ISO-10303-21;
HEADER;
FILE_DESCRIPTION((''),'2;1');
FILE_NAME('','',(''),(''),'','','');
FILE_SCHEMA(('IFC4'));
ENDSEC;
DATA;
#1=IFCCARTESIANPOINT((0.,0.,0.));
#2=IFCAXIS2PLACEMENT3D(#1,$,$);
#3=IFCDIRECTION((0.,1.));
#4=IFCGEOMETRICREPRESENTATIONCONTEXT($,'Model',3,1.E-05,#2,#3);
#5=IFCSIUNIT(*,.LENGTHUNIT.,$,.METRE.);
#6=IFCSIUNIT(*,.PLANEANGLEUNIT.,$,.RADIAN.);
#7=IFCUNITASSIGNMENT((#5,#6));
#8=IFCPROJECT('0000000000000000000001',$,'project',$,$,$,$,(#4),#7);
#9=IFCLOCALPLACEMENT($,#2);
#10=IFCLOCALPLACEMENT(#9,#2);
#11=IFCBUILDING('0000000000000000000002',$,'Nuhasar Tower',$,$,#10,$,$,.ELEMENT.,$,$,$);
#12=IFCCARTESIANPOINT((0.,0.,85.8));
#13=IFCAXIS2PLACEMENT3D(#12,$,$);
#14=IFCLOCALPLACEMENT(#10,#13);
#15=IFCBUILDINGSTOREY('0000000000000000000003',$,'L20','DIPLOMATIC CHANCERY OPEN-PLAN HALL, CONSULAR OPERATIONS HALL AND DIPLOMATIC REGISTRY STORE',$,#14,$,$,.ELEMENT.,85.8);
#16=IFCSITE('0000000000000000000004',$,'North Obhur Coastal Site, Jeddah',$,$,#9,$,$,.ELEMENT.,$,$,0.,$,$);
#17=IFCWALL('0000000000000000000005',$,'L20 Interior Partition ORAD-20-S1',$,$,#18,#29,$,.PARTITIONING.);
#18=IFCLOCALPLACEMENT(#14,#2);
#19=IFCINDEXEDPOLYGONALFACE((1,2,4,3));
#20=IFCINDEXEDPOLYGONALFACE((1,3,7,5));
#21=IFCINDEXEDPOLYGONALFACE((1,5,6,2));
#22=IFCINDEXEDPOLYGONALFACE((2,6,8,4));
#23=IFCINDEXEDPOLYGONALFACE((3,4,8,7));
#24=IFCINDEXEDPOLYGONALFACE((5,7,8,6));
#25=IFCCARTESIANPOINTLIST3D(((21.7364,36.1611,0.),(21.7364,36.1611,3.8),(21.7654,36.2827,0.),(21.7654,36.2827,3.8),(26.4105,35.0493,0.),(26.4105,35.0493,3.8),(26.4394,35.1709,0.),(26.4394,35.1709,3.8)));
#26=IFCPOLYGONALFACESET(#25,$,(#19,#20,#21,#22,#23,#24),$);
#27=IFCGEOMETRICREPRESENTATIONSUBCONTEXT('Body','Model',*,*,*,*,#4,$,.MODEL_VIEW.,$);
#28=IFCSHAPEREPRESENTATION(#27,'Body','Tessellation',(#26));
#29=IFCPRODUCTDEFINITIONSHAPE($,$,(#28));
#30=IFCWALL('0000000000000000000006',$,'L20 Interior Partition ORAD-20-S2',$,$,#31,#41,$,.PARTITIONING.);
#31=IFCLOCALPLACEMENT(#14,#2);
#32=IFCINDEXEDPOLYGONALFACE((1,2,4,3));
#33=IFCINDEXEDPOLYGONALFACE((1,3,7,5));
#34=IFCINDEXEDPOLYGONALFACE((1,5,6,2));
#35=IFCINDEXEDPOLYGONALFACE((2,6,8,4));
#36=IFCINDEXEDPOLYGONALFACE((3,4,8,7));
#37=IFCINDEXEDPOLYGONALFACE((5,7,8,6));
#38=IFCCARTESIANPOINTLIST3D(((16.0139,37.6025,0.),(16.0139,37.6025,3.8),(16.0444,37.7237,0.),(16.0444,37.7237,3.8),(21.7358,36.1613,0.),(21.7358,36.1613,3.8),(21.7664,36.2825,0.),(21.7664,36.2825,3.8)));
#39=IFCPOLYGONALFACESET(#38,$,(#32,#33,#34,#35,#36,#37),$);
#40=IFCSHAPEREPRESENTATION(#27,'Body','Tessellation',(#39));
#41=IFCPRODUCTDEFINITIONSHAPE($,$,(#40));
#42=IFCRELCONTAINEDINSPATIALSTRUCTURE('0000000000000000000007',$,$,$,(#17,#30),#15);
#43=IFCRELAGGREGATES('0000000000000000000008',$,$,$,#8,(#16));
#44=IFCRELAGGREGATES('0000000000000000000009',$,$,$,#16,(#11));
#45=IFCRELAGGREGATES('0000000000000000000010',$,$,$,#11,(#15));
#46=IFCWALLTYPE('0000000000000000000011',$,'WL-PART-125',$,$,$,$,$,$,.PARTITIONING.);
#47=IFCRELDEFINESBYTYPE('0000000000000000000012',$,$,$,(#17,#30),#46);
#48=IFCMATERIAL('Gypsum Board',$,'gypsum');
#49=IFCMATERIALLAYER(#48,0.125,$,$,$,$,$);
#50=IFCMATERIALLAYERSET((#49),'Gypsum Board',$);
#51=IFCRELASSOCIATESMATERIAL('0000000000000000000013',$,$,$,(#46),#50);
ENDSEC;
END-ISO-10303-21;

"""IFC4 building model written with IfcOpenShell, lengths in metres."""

from ifc_helpers import new_model, si_unit, direction, frame, frame_2d, origin, place, context, subcontext, project, spatial, rectangle, extrude, material, layer, layer_set, type_object, element, save


model = new_model("IFC4")

# Units and contexts
model_context = context("Model", 3, precision=1e-05, world=origin(), true_north=direction((0.0, 1.0)))
body_context = subcontext(model_context, "Body", "Model", "MODEL_VIEW")
ifc_project = project(units=[si_unit("LENGTHUNIT", "METRE"), si_unit("PLANEANGLEUNIT", "RADIAN")], contexts=[model_context])

# Site, building, storey
site_placement = place(None, origin())
site = spatial("IfcSite", under=ifc_project, at=site_placement, Name="North Obhur Coastal Site, Jeddah", CompositionType="ELEMENT", RefElevation=0.0)
building_placement = place(site_placement, origin())
building = spatial("IfcBuilding", under=site, at=building_placement, Name="Nuhasar Tower", CompositionType="ELEMENT")
storey_placement = place(building_placement, frame((0.0, 0.0, 85.8)))
storey = spatial("IfcBuildingStorey", under=building, at=storey_placement, Name="L20", Description="DIPLOMATIC CHANCERY OPEN-PLAN HALL, CONSULAR OPERATIONS HALL AND DIPLOMATIC REGISTRY STORE", CompositionType="ELEMENT", Elevation=85.8)

# Shared definitions
ifc_material_1 = material(Name="Gypsum Board", Category="gypsum")

# Walls
ifc_layer_1 = layer(ifc_material_1, 0.125)
ifc_layer_set_1 = layer_set([ifc_layer_1], Name="Gypsum Board")
wall_type_1 = type_object("IfcWallType", Name="WL-PART-125", PredefinedType="PARTITIONING", material=ifc_layer_set_1)
wall_1_placement = place(storey_placement, frame((26.425, 35.1101, 0.0), z_axis=(0.0, 0.0, 1.0), x_axis=(-0.972856, 0.231412, 0.0)))
element("IfcWall", 1, at=wall_1_placement, inside=storey, type_object=wall_type_1, Name="L20 Interior Partition ORAD-20-S1", PredefinedType="PARTITIONING", context=body_context, shape_type="SweptSolid", body=[
    extrude(rectangle(XDim=4.8044, YDim=0.125, at=frame_2d((2.4023, 0.0))), origin(), (0.0, 0.0, 1.0), 3.8),
])
wall_2_placement = place(storey_placement, frame((21.751, 36.2219, 0.0), z_axis=(0.0, 0.0, 1.0), x_axis=(-0.969715, 0.244239, 0.0)))
element("IfcWall", 2, at=wall_2_placement, inside=storey, type_object=wall_type_1, Name="L20 Interior Partition ORAD-20-S2", PredefinedType="PARTITIONING", context=body_context, shape_type="SweptSolid", body=[
    extrude(rectangle(XDim=5.9006, YDim=0.125, at=frame_2d((2.9502, 0.0))), origin(), (0.0, 0.0, 1.0), 3.8),
])

save(model, "model.ifc")
